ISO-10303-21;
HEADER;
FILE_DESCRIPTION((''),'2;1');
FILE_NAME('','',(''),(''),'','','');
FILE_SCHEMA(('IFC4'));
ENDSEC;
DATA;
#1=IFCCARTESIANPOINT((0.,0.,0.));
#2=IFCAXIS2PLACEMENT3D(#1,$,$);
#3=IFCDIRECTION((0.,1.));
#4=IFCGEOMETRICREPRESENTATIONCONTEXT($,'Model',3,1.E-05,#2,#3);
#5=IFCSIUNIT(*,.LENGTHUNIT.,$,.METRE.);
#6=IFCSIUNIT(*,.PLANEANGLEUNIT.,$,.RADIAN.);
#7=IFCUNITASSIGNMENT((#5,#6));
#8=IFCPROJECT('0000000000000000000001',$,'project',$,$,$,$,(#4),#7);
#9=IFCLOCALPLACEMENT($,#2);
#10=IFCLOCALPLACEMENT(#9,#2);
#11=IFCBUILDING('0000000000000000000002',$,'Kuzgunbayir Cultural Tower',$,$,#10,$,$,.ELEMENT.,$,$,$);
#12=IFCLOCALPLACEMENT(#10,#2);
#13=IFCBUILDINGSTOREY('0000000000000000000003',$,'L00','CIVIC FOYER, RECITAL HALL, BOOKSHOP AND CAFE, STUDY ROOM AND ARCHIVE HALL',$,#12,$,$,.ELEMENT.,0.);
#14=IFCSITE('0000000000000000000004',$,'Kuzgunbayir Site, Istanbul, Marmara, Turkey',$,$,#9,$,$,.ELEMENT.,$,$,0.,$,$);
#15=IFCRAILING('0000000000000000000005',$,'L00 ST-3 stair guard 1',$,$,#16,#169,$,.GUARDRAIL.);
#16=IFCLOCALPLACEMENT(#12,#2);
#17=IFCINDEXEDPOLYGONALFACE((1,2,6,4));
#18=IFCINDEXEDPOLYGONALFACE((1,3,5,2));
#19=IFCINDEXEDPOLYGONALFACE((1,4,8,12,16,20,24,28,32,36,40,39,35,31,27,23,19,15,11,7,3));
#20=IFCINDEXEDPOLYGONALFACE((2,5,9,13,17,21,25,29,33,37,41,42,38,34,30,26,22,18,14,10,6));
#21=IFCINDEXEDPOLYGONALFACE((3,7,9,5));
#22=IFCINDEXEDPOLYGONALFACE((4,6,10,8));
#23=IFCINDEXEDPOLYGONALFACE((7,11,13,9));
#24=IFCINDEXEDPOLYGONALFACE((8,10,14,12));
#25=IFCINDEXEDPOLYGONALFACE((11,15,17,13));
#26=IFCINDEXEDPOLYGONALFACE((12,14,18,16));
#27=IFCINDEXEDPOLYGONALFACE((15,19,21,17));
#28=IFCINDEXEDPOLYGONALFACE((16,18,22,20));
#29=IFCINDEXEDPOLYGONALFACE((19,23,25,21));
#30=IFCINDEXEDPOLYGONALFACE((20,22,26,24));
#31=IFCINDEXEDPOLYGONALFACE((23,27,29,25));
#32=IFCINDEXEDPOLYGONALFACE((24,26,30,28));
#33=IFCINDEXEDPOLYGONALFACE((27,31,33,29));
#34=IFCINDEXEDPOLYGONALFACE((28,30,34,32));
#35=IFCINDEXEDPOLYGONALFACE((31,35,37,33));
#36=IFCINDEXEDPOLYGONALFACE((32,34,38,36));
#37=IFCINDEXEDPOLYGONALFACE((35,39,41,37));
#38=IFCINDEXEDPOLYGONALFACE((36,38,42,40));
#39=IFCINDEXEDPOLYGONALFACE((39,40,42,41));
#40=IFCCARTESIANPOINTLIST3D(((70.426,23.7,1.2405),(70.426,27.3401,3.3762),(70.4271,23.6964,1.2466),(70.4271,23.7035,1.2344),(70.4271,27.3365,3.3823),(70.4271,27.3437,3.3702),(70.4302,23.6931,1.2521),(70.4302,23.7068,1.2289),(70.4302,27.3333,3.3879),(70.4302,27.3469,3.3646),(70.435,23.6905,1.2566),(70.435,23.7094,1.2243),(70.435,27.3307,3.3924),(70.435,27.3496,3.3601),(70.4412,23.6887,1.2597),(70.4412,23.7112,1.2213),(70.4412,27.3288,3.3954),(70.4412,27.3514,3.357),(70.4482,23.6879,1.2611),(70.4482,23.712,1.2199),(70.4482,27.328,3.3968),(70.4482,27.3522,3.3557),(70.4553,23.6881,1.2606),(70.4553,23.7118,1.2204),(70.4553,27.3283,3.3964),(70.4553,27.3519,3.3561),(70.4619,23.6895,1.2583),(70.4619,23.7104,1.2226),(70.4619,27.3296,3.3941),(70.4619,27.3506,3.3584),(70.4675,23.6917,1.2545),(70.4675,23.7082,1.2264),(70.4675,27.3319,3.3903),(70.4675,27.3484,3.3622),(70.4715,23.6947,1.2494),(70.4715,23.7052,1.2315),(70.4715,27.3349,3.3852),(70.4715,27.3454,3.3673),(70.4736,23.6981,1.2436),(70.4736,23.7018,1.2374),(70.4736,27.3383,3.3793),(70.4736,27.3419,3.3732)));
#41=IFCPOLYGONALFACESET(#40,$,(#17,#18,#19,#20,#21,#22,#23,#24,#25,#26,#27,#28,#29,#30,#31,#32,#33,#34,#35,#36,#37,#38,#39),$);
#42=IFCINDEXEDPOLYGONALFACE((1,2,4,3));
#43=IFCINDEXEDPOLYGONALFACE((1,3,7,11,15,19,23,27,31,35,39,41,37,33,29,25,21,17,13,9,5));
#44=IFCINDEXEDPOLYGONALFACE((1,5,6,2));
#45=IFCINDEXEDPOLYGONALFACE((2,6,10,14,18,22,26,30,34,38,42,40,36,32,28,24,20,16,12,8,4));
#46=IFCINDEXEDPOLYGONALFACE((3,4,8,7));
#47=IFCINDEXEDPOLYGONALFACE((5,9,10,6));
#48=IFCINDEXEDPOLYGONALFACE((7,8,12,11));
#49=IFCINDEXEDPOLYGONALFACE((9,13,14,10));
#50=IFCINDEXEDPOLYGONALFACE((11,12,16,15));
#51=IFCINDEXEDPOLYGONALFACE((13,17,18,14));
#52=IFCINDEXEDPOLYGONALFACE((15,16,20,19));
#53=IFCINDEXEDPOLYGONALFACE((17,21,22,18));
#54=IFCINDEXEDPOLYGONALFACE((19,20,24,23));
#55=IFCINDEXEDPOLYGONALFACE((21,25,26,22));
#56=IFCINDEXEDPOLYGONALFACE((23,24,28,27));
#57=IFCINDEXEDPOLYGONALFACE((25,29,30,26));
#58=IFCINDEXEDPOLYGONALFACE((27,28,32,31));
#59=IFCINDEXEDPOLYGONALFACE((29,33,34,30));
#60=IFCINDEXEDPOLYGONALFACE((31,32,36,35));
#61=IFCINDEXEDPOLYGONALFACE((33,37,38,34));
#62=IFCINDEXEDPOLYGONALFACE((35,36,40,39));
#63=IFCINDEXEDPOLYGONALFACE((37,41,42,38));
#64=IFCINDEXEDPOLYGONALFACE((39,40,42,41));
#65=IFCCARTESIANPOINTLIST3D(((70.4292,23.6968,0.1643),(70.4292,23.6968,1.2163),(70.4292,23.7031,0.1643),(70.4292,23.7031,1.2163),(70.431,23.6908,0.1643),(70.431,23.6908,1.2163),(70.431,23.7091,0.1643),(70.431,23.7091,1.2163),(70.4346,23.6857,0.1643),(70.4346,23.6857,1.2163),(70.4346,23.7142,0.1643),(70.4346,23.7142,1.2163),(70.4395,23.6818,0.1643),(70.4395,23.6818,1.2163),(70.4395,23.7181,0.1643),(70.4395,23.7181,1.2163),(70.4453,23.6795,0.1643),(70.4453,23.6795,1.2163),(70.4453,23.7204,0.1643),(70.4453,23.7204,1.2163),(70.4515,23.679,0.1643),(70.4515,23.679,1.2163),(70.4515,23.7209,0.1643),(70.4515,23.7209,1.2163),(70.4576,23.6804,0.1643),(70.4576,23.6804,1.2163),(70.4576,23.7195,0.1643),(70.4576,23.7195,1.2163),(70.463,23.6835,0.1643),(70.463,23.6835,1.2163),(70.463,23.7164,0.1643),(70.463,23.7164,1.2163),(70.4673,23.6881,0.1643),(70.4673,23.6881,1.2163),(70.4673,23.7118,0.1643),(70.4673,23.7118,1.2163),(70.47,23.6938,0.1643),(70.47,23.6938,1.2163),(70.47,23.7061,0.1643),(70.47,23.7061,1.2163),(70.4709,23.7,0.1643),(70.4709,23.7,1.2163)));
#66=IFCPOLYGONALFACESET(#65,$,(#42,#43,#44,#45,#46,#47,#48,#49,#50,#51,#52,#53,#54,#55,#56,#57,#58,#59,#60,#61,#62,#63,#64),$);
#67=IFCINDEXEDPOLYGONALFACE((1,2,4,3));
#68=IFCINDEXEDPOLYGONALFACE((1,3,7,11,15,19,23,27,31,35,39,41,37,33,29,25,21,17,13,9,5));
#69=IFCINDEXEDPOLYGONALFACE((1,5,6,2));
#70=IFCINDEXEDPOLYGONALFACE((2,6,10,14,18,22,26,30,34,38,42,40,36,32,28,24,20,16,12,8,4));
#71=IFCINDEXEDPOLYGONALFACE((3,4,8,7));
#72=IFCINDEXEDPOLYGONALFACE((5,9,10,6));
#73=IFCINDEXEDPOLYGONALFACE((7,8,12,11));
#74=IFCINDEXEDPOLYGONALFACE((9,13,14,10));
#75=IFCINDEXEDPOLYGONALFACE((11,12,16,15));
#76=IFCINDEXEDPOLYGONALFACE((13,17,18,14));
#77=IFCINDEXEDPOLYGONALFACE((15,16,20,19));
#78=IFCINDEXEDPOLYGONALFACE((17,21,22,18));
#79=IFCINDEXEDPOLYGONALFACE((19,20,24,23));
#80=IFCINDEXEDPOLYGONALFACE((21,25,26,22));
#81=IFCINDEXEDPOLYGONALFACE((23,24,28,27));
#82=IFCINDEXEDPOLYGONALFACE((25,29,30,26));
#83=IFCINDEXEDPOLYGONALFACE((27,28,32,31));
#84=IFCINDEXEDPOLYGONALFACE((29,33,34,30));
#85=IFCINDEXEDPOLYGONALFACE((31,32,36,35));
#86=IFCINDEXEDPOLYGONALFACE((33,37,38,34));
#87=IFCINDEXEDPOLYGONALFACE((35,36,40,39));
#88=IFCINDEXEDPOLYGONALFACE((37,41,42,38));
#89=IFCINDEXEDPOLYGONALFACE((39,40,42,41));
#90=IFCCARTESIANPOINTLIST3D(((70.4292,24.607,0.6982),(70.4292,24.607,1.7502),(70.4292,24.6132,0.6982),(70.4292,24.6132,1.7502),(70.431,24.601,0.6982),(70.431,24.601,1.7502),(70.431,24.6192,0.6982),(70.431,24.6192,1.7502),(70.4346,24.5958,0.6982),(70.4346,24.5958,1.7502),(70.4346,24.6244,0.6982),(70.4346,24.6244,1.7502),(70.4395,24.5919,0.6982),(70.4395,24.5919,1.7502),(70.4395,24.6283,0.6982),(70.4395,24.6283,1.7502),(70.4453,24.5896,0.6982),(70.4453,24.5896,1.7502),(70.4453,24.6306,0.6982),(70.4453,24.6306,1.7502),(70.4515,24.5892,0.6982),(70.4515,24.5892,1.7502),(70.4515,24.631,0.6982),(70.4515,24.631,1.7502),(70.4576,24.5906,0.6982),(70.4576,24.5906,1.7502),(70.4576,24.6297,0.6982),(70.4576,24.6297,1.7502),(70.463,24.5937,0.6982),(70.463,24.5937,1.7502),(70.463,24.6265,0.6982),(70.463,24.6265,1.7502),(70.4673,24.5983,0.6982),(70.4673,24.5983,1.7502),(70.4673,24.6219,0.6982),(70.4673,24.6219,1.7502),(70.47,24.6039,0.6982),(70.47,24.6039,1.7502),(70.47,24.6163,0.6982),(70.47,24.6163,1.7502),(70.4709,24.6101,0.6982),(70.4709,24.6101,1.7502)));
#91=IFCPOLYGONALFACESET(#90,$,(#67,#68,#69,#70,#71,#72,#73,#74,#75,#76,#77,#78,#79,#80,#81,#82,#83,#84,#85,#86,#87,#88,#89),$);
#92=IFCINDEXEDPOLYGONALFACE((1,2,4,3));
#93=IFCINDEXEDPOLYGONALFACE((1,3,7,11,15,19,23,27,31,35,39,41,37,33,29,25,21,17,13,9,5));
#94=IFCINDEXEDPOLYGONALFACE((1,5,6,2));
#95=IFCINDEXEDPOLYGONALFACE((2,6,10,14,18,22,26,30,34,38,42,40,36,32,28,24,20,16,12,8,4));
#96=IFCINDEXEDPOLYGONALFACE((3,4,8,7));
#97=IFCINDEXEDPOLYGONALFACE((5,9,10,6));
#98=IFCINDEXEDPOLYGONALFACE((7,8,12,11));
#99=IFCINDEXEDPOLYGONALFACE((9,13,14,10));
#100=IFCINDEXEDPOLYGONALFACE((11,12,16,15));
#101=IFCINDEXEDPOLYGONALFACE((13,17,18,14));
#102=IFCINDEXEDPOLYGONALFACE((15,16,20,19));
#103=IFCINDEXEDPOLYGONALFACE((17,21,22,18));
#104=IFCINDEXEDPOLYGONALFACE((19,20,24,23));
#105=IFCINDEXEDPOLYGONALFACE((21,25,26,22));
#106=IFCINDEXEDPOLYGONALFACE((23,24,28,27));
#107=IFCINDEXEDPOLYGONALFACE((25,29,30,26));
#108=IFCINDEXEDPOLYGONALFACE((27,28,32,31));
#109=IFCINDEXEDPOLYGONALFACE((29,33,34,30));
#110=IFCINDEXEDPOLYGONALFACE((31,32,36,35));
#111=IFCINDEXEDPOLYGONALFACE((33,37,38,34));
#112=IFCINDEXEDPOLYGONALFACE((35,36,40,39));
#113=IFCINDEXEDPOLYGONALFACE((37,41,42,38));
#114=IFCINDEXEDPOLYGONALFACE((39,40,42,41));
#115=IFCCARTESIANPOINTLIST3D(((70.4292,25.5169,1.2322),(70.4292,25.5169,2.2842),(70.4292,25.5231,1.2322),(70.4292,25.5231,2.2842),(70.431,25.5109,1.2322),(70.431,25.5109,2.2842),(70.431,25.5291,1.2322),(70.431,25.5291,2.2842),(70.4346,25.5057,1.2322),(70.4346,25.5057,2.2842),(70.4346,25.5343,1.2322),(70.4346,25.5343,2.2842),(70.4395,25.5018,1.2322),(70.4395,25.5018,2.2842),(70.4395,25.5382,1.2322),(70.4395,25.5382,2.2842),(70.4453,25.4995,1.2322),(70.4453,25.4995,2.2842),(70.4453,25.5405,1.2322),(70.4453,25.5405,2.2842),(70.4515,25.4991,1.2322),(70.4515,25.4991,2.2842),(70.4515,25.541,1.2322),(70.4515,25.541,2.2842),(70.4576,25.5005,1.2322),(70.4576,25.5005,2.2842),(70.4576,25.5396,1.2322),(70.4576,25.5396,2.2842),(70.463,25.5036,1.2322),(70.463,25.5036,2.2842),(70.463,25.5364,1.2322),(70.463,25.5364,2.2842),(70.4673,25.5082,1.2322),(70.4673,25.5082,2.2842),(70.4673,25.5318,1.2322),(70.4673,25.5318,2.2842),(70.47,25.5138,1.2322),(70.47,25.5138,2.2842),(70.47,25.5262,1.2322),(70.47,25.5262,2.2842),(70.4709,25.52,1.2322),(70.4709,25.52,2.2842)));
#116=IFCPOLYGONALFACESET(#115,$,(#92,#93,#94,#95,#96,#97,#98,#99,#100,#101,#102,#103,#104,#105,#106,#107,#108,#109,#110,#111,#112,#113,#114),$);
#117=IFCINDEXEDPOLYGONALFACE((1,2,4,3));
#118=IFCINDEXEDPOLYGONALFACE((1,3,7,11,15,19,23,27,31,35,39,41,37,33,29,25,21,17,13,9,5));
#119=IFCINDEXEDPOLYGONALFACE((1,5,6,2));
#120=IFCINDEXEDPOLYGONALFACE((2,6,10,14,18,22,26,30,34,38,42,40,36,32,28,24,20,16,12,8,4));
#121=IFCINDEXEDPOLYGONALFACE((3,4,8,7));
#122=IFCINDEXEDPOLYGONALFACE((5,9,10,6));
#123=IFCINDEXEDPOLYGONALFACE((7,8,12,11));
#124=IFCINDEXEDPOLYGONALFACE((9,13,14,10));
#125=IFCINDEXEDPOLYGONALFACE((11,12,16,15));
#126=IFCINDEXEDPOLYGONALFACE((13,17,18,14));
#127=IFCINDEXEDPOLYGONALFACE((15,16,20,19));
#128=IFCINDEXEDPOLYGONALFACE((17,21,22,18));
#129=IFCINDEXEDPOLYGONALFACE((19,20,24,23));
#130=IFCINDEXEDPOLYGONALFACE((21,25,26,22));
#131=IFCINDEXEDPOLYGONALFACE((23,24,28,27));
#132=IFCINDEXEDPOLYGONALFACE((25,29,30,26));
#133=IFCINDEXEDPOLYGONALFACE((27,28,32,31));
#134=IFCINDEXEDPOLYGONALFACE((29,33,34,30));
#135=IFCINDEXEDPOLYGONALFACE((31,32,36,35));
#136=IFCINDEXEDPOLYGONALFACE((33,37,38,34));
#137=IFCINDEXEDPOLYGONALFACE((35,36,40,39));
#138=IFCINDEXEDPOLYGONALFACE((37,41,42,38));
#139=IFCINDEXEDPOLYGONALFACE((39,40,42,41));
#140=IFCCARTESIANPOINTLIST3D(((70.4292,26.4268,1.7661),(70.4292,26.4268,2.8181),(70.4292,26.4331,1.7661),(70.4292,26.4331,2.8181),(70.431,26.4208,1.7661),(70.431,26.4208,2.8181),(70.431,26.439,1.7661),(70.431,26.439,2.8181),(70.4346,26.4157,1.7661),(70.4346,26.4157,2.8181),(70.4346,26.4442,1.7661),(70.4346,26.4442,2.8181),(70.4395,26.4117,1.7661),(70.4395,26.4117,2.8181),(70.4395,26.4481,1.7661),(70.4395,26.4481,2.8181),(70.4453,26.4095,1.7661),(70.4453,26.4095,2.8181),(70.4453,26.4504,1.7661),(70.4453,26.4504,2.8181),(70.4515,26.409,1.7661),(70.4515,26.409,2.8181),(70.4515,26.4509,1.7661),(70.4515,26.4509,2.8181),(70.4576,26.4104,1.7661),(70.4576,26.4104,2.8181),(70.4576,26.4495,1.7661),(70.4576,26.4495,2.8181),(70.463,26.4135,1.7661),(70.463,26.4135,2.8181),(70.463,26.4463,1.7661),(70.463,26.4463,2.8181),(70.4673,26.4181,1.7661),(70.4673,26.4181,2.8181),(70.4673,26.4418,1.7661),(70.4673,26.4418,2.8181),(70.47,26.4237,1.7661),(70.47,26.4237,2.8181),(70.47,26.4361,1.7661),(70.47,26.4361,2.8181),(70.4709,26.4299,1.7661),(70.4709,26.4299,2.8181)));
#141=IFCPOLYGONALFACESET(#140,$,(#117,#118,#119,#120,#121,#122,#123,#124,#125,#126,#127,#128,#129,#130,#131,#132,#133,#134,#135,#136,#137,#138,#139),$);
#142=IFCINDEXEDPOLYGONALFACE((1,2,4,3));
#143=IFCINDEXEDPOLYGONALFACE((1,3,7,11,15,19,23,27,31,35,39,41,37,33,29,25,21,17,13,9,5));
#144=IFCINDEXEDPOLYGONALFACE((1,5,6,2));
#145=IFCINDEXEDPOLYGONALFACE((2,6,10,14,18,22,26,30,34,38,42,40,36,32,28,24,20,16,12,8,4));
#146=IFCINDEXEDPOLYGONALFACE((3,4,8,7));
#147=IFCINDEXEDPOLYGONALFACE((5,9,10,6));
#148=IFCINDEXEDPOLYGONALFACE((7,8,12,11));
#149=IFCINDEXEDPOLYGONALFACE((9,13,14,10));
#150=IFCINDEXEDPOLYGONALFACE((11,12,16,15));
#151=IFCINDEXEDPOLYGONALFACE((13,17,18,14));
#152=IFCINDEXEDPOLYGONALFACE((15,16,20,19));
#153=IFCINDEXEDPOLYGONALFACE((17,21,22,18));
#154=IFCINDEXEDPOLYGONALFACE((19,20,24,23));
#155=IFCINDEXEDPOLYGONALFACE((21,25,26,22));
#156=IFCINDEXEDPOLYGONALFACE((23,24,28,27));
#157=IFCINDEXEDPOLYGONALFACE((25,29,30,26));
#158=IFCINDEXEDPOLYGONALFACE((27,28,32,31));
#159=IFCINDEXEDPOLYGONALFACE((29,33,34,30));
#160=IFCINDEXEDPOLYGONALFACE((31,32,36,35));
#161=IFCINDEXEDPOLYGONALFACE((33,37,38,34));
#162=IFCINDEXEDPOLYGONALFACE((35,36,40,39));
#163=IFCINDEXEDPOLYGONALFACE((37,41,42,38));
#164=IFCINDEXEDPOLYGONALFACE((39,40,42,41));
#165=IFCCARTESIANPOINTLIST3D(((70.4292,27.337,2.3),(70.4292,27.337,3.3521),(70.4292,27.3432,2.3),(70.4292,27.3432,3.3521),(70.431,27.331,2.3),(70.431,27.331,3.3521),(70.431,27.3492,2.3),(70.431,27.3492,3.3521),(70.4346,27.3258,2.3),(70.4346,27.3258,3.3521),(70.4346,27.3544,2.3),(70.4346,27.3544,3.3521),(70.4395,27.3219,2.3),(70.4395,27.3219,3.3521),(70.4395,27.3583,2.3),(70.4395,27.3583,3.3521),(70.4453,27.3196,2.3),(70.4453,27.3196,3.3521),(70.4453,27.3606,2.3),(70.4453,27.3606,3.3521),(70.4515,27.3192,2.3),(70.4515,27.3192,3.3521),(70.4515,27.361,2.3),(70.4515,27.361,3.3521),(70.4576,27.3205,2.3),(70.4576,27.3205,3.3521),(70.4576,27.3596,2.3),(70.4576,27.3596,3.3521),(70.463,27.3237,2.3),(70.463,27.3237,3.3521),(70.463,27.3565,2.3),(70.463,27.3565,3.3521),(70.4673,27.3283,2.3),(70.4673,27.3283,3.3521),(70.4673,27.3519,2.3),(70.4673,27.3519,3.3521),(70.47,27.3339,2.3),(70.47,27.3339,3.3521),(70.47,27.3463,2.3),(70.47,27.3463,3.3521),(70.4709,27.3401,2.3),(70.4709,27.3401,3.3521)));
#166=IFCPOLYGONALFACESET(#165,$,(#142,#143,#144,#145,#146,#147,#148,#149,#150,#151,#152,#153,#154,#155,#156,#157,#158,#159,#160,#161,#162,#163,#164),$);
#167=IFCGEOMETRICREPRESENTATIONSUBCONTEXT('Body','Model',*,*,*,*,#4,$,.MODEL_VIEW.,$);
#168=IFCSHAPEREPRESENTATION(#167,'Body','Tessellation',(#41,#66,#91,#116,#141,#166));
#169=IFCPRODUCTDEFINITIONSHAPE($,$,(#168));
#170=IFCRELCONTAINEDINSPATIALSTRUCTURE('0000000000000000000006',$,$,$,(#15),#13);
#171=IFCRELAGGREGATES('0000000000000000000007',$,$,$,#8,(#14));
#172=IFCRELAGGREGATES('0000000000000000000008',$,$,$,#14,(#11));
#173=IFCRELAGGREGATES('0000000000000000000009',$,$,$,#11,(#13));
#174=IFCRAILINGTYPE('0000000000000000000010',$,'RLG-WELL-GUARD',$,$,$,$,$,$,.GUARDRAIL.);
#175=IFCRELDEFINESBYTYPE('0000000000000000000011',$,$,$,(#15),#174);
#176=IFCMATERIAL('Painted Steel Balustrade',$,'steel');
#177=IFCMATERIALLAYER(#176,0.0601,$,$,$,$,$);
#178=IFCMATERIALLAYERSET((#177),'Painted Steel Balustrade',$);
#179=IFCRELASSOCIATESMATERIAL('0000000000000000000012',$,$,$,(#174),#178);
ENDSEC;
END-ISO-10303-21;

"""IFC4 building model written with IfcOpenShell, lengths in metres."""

from ifc_helpers import new_model, si_unit, direction, frame, origin, origin_2d, place, context, subcontext, project, spatial, circle, extrude, material, layer, layer_set, type_object, element, save


model = new_model("IFC4")

# Units and contexts
model_context = context("Model", 3, precision=1e-05, world=origin(), true_north=direction((0.0, 1.0)))
body_context = subcontext(model_context, "Body", "Model", "MODEL_VIEW")
ifc_project = project(units=[si_unit("LENGTHUNIT", "METRE"), si_unit("PLANEANGLEUNIT", "RADIAN")], contexts=[model_context])

# Site, building, storey
site_placement = place(None, origin())
site = spatial("IfcSite", under=ifc_project, at=site_placement, Name="Kuzgunbayir Site, Istanbul, Marmara, Turkey", CompositionType="ELEMENT", RefElevation=0.0)
building_placement = place(site_placement, origin())
building = spatial("IfcBuilding", under=site, at=building_placement, Name="Kuzgunbayir Cultural Tower", CompositionType="ELEMENT")
storey_placement = place(building_placement, origin())
storey = spatial("IfcBuildingStorey", under=building, at=storey_placement, Name="L00", Description="CIVIC FOYER, RECITAL HALL, BOOKSHOP AND CAFE, STUDY ROOM AND ARCHIVE HALL", CompositionType="ELEMENT", Elevation=0.0)

# Railing
ifc_material_1 = material(Name="Painted Steel Balustrade", Category="steel")
ifc_layer_1 = layer(ifc_material_1, 0.0601)
ifc_layer_set_1 = layer_set([ifc_layer_1], Name="Painted Steel Balustrade")
railing_type_1 = type_object("IfcRailingType", Name="RLG-WELL-GUARD", PredefinedType="GUARDRAIL", material=ifc_layer_set_1)
railing_1_placement = place(storey_placement, frame((70.45, 23.7, 0.1643)))
element("IfcRailing", 1, at=railing_1_placement, inside=storey, type_object=railing_type_1, Name="L00 ST-3 stair guard 1", PredefinedType="GUARDRAIL", context=body_context, shape_type="SweptSolid", body=[
    extrude(circle(Radius=0.0239, at=origin_2d()), frame((0.0, 0.0, 1.0762), z_axis=(0.0, 0.862505, 0.506049), x_axis=(-1.0, 0.0, 0.0)), (0.0, 0.0, 1.0), 4.2205),
    extrude(circle(Radius=0.021, at=origin_2d()), origin(), (0.0, 0.0, 1.0), 1.052),
    extrude(circle(Radius=0.021, at=origin_2d()), frame((0.0, 0.9102, 0.5339)), (0.0, 0.0, 1.0), 1.052),
    extrude(circle(Radius=0.021, at=origin_2d()), frame((0.0, 1.8201, 1.0679)), (0.0, 0.0, 1.0), 1.052),
    extrude(circle(Radius=0.021, at=origin_2d()), frame((0.0, 2.73, 1.6018)), (0.0, 0.0, 1.0), 1.052),
    extrude(circle(Radius=0.021, at=origin_2d()), frame((0.0, 3.6401, 2.1357)), (0.0, 0.0, 1.0), 1.052),
])

save(model, "model.ifc")
